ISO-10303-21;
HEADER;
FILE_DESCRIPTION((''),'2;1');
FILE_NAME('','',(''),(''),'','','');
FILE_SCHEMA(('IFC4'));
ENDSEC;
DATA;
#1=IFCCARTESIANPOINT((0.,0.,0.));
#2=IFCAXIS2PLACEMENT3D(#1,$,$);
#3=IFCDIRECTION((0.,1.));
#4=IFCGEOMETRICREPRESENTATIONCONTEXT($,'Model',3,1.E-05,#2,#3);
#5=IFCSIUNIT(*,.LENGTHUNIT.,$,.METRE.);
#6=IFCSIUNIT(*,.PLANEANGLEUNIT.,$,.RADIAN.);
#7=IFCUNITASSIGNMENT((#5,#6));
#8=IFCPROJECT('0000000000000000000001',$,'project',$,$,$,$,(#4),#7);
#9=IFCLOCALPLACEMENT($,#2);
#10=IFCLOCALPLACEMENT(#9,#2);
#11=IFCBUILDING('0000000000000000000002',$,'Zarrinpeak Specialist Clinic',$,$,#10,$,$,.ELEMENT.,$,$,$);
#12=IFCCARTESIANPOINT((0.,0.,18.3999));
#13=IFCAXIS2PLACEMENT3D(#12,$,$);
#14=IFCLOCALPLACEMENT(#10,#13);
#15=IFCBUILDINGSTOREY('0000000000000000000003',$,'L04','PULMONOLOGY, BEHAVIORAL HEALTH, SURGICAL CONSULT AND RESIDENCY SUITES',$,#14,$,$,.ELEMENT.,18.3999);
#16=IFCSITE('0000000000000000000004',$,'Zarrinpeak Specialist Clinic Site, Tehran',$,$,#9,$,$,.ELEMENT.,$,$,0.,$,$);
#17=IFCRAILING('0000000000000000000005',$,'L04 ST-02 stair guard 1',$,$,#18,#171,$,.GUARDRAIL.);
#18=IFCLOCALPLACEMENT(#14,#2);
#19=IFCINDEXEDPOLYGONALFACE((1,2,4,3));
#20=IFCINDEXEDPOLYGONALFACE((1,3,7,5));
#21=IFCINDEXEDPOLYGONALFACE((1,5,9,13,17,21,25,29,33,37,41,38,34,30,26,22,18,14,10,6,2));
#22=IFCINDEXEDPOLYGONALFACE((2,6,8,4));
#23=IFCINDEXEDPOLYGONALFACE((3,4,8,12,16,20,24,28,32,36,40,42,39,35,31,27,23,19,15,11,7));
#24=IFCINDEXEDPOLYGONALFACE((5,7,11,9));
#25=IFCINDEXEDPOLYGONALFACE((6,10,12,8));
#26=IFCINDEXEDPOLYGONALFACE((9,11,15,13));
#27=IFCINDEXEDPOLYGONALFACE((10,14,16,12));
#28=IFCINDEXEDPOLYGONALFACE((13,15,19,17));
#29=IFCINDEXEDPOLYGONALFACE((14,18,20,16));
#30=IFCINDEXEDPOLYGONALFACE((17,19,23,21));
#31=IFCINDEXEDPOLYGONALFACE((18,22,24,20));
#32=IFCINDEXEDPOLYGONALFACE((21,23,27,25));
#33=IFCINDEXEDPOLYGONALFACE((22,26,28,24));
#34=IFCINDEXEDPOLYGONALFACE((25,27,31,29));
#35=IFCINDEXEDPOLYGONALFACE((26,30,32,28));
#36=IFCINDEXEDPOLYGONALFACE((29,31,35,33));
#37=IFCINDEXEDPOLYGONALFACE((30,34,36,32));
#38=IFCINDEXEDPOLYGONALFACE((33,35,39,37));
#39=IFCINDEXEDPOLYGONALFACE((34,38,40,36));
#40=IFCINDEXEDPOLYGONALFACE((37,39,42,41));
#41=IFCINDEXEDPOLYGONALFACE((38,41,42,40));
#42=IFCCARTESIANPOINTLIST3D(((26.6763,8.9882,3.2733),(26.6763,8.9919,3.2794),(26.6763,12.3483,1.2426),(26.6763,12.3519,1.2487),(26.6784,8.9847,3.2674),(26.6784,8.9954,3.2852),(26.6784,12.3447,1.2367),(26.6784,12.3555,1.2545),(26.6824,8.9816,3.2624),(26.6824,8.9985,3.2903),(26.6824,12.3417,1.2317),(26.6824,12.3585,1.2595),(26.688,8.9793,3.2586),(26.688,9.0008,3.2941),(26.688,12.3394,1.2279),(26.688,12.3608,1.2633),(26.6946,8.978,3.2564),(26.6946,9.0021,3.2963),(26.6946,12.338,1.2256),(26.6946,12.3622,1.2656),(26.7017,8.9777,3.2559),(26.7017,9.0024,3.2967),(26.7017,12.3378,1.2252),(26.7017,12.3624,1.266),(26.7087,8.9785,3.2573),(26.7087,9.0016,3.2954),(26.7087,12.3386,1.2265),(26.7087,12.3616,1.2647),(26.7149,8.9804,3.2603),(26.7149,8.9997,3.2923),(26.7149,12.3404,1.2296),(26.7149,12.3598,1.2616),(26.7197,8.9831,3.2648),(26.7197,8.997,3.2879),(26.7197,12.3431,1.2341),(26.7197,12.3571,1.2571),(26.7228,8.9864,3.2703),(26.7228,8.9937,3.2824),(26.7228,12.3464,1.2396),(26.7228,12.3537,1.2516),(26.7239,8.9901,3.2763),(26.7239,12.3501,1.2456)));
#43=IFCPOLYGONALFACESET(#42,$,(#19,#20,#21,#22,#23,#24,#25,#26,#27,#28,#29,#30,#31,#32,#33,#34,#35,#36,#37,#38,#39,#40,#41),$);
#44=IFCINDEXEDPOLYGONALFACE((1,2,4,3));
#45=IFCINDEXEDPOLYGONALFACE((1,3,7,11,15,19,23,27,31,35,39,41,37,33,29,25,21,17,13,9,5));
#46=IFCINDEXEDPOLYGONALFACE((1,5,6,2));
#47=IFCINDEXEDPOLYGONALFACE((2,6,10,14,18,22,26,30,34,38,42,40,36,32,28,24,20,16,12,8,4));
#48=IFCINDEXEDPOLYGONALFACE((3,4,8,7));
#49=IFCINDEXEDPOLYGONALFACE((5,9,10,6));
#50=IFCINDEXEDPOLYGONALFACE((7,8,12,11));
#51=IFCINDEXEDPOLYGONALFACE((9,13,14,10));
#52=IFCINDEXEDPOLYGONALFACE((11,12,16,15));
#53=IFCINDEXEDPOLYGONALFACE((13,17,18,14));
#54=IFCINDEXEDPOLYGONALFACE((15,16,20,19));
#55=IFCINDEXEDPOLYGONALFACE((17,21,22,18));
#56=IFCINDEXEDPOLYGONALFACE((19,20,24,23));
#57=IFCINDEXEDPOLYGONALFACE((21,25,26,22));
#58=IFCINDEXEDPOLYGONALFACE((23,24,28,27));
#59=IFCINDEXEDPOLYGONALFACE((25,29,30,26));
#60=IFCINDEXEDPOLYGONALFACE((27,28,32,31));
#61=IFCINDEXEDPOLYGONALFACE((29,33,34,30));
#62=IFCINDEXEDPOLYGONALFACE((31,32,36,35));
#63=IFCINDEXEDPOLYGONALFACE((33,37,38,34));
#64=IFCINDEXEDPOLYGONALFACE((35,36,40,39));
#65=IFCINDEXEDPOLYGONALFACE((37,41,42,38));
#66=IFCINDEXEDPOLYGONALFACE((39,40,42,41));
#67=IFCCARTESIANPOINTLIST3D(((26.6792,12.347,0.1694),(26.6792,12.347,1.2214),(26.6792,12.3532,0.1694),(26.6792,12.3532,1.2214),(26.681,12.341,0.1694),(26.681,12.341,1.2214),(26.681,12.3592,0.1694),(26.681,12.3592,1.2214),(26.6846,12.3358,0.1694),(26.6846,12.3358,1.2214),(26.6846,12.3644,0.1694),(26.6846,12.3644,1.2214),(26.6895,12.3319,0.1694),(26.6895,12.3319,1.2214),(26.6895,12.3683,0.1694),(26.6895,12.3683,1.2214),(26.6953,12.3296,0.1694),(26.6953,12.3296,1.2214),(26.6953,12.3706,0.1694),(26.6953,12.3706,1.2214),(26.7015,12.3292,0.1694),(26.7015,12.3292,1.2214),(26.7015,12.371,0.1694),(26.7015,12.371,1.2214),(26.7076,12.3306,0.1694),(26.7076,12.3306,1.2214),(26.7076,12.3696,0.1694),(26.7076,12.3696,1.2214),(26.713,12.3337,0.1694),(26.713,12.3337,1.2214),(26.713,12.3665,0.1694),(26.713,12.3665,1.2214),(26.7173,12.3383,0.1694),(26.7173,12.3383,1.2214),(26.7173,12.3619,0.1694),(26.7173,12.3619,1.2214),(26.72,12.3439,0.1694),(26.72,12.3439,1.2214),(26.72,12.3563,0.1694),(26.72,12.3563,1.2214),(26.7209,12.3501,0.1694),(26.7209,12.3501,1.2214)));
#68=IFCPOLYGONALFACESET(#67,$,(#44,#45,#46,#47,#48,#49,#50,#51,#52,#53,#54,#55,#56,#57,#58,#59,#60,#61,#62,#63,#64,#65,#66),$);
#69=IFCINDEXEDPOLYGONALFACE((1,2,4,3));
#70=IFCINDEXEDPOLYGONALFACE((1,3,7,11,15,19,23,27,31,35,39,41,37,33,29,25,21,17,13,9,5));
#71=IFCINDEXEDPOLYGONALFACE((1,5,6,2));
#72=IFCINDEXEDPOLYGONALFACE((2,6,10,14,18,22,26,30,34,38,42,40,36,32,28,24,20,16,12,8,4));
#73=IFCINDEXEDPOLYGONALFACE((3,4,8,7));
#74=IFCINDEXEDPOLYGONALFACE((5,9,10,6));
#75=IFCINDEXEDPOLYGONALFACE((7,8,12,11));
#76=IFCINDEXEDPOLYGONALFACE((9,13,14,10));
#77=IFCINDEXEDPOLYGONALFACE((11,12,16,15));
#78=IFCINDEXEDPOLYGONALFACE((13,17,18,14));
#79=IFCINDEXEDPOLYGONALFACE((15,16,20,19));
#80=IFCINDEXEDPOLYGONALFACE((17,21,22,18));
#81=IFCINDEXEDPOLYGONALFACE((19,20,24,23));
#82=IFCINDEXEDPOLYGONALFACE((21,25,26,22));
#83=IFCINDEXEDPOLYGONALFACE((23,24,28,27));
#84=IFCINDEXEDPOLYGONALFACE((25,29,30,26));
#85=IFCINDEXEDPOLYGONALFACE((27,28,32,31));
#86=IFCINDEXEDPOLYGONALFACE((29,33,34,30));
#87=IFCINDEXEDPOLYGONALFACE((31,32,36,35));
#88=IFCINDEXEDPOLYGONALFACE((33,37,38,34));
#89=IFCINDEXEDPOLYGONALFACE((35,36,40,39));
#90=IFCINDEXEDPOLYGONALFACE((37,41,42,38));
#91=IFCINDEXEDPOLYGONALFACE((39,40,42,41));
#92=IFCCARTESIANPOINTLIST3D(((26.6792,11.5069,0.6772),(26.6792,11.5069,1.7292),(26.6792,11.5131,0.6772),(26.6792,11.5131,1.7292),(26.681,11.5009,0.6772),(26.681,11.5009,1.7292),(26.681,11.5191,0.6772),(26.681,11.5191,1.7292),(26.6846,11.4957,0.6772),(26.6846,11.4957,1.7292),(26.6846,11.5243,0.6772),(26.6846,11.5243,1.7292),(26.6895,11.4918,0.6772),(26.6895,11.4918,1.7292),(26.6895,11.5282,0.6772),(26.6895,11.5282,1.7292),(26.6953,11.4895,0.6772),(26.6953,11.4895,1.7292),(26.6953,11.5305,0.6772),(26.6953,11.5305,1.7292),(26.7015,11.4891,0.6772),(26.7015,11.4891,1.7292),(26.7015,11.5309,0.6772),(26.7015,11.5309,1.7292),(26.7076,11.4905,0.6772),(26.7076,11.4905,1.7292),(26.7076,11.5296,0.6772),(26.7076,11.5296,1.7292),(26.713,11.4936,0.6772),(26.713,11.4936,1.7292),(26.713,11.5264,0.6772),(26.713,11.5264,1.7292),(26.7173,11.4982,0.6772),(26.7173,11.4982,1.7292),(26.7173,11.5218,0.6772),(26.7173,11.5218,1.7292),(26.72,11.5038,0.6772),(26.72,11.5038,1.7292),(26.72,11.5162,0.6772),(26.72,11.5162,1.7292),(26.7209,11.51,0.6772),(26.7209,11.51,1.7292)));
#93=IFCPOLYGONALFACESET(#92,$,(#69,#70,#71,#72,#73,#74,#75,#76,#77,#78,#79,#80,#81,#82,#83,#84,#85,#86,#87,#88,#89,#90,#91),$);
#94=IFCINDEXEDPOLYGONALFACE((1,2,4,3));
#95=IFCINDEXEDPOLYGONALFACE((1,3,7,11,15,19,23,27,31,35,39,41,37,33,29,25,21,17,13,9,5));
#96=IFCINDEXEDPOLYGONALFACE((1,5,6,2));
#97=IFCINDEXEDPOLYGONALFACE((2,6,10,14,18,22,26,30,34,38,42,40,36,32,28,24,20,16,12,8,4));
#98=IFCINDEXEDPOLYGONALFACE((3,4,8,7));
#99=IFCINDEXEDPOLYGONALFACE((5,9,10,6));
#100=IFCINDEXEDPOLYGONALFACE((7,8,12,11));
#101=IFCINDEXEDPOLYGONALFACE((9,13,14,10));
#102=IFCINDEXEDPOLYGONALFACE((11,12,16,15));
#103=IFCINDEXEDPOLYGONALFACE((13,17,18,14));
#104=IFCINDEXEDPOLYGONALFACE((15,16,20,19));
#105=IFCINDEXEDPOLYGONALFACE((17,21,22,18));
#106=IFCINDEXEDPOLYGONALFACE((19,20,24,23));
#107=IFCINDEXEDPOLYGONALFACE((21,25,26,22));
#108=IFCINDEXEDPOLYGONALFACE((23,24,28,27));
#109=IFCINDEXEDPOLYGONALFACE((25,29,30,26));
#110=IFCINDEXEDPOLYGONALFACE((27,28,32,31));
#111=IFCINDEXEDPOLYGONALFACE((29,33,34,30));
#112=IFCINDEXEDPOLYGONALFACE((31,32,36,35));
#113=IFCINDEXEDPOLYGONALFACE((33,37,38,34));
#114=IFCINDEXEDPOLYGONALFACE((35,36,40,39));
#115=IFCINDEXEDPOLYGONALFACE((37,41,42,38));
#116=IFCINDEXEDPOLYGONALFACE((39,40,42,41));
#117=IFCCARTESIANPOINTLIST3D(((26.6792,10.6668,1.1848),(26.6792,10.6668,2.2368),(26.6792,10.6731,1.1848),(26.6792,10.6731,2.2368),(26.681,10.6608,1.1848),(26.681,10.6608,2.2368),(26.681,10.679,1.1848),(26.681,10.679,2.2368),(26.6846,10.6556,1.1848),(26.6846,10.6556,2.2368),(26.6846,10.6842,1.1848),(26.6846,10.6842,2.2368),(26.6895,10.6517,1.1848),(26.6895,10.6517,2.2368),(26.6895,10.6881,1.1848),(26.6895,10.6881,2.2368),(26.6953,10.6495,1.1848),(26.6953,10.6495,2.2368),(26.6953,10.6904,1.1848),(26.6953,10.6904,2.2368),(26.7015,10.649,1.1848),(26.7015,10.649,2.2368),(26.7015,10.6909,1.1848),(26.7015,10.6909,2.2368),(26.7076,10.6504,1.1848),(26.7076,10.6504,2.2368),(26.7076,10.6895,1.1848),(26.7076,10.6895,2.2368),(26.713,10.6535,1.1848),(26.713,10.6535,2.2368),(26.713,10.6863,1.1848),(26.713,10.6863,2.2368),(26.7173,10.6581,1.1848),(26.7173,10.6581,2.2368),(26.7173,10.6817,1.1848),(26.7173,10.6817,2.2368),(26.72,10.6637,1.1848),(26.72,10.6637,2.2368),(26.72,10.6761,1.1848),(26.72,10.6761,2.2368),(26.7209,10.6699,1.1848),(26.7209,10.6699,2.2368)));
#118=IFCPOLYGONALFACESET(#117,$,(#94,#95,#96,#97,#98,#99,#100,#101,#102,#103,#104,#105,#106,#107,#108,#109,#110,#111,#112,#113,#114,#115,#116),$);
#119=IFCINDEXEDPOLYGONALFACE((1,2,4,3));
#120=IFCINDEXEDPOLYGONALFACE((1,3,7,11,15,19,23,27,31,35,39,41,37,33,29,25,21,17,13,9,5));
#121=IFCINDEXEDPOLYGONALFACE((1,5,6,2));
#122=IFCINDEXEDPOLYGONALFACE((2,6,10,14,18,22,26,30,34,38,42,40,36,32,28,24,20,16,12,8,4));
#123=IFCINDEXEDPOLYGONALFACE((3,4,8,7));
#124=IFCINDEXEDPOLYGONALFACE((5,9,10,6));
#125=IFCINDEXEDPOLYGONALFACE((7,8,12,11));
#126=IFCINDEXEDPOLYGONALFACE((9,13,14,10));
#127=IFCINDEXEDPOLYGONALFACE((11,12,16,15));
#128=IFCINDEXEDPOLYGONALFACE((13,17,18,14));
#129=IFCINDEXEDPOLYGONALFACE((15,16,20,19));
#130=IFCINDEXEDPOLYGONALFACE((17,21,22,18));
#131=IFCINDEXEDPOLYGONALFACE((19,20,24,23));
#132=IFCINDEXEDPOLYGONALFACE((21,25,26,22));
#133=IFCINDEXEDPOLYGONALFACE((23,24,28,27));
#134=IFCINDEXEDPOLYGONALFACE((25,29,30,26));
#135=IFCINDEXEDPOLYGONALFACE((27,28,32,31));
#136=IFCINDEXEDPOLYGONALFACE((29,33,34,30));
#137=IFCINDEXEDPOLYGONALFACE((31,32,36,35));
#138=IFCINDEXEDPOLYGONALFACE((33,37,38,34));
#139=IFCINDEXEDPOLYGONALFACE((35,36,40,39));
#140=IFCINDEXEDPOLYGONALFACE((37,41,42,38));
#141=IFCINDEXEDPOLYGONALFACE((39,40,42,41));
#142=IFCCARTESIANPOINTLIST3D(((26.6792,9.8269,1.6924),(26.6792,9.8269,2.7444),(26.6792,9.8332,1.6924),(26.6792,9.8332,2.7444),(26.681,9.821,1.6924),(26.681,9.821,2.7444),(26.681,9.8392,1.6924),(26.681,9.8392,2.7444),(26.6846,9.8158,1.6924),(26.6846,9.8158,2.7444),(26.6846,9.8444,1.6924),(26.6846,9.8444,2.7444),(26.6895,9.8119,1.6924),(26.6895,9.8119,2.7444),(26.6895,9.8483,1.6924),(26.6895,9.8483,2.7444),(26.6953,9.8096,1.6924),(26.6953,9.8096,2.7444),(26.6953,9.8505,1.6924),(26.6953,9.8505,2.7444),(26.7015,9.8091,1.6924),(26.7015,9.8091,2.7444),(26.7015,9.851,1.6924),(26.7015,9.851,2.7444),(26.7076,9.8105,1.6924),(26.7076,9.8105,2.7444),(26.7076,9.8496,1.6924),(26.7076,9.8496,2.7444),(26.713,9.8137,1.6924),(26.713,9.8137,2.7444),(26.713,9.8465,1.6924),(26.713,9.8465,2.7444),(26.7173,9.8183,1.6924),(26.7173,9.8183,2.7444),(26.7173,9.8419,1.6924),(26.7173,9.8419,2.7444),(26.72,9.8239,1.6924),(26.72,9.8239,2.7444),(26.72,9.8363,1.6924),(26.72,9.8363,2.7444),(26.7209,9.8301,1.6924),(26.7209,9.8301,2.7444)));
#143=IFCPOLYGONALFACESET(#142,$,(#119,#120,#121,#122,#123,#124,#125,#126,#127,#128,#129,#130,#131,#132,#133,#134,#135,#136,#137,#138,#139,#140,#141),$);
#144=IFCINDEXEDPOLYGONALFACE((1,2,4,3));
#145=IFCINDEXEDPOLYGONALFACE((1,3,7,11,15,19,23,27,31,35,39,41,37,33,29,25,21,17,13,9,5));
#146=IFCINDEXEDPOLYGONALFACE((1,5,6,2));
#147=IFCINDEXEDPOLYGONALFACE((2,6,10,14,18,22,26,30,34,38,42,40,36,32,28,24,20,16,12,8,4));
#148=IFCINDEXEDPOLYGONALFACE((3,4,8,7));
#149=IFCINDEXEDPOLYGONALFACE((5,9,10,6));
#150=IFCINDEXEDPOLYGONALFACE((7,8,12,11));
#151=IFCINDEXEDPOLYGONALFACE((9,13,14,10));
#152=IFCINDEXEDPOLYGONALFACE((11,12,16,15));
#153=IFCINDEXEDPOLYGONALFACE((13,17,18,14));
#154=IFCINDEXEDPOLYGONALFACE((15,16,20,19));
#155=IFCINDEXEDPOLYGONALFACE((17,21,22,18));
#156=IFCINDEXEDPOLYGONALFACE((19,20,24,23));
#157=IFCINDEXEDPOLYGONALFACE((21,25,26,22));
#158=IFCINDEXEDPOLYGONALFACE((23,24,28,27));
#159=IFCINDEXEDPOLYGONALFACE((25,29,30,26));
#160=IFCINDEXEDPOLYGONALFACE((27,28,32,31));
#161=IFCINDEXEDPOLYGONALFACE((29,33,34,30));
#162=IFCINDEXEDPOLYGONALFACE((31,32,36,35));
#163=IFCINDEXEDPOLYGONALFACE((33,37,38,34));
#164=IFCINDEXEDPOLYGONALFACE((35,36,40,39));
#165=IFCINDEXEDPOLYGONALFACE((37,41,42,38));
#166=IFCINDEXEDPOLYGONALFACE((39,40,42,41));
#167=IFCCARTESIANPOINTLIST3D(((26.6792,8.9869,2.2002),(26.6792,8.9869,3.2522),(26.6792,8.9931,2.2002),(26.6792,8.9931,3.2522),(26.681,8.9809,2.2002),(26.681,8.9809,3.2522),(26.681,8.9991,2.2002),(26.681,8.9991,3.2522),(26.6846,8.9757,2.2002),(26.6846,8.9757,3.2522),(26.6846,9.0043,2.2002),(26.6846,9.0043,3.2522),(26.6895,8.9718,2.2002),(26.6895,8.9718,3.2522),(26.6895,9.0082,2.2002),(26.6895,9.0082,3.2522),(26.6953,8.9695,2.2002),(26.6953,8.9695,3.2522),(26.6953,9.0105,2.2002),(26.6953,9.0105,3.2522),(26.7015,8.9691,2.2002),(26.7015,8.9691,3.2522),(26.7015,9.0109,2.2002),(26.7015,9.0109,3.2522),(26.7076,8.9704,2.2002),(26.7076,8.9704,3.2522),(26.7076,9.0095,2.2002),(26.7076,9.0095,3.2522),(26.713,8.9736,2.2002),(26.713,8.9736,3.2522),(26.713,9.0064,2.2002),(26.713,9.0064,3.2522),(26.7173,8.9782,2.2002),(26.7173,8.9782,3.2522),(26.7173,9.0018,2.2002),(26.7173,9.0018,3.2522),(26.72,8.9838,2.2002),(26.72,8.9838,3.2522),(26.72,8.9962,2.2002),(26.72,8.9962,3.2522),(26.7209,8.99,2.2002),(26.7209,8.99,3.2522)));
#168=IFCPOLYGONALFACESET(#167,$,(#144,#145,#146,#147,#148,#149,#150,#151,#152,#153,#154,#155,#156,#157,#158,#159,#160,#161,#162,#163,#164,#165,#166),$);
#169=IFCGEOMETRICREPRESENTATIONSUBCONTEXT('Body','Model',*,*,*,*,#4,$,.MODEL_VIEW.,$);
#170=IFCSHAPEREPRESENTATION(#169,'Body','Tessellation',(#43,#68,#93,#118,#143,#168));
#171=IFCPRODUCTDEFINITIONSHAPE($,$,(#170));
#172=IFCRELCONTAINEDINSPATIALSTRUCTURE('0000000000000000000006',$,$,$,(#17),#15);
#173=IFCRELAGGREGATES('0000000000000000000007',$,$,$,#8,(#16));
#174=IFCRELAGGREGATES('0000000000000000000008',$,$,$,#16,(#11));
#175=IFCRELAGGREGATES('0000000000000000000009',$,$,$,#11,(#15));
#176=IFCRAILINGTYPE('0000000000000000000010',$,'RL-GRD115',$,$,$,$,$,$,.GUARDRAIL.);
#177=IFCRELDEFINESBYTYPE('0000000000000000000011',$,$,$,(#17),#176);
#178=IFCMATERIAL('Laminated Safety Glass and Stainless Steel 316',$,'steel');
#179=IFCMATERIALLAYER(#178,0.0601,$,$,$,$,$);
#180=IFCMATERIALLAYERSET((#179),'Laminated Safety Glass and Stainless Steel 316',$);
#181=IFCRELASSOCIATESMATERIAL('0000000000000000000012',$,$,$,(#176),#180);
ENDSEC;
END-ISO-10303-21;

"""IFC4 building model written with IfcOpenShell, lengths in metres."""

from ifc_helpers import new_model, si_unit, direction, frame, origin, origin_2d, place, context, subcontext, project, spatial, circle, extrude, material, layer, layer_set, type_object, element, save


model = new_model("IFC4")

# Units and contexts
model_context = context("Model", 3, precision=1e-05, world=origin(), true_north=direction((0.0, 1.0)))
body_context = subcontext(model_context, "Body", "Model", "MODEL_VIEW")
ifc_project = project(units=[si_unit("LENGTHUNIT", "METRE"), si_unit("PLANEANGLEUNIT", "RADIAN")], contexts=[model_context])

# Site, building, storey
site_placement = place(None, origin())
site = spatial("IfcSite", under=ifc_project, at=site_placement, Name="Zarrinpeak Specialist Clinic Site, Tehran", CompositionType="ELEMENT", RefElevation=0.0)
building_placement = place(site_placement, origin())
building = spatial("IfcBuilding", under=site, at=building_placement, Name="Zarrinpeak Specialist Clinic", CompositionType="ELEMENT")
storey_placement = place(building_placement, frame((0.0, 0.0, 18.3999)))
storey = spatial("IfcBuildingStorey", under=building, at=storey_placement, Name="L04", Description="PULMONOLOGY, BEHAVIORAL HEALTH, SURGICAL CONSULT AND RESIDENCY SUITES", CompositionType="ELEMENT", Elevation=18.3999)

# Railing
ifc_material_1 = material(Name="Laminated Safety Glass and Stainless Steel 316", Category="steel")
ifc_layer_1 = layer(ifc_material_1, 0.0601)
ifc_layer_set_1 = layer_set([ifc_layer_1], Name="Laminated Safety Glass and Stainless Steel 316")
railing_type_1 = type_object("IfcRailingType", Name="RL-GRD115", PredefinedType="GUARDRAIL", material=ifc_layer_set_1)
railing_1_placement = place(storey_placement, frame((26.7, 12.3501, 0.1694)))
element("IfcRailing", 1, at=railing_1_placement, inside=storey, type_object=railing_type_1, Name="L04 ST-02 stair guard 1", PredefinedType="GUARDRAIL", context=body_context, shape_type="SweptSolid", body=[
    extrude(circle(Radius=0.0239, at=origin_2d()), frame((0.0, 0.0, 1.0762), z_axis=(0.0, -0.855837, 0.517246), x_axis=(1.0, 0.0, 0.0)), (0.0, 0.0, 1.0), 3.926),
    extrude(circle(Radius=0.021, at=origin_2d()), origin(), (0.0, 0.0, 1.0), 1.052),
    extrude(circle(Radius=0.021, at=origin_2d()), frame((0.0, -0.8401, 0.5078)), (0.0, 0.0, 1.0), 1.052),
    extrude(circle(Radius=0.021, at=origin_2d()), frame((0.0, -1.6802, 1.0154)), (0.0, 0.0, 1.0), 1.052),
    extrude(circle(Radius=0.021, at=origin_2d()), frame((0.0, -2.52, 1.5229)), (0.0, 0.0, 1.0), 1.052),
    extrude(circle(Radius=0.021, at=origin_2d()), frame((0.0, -3.3601, 2.0308)), (0.0, 0.0, 1.0), 1.052),
])

save(model, "model.ifc")
